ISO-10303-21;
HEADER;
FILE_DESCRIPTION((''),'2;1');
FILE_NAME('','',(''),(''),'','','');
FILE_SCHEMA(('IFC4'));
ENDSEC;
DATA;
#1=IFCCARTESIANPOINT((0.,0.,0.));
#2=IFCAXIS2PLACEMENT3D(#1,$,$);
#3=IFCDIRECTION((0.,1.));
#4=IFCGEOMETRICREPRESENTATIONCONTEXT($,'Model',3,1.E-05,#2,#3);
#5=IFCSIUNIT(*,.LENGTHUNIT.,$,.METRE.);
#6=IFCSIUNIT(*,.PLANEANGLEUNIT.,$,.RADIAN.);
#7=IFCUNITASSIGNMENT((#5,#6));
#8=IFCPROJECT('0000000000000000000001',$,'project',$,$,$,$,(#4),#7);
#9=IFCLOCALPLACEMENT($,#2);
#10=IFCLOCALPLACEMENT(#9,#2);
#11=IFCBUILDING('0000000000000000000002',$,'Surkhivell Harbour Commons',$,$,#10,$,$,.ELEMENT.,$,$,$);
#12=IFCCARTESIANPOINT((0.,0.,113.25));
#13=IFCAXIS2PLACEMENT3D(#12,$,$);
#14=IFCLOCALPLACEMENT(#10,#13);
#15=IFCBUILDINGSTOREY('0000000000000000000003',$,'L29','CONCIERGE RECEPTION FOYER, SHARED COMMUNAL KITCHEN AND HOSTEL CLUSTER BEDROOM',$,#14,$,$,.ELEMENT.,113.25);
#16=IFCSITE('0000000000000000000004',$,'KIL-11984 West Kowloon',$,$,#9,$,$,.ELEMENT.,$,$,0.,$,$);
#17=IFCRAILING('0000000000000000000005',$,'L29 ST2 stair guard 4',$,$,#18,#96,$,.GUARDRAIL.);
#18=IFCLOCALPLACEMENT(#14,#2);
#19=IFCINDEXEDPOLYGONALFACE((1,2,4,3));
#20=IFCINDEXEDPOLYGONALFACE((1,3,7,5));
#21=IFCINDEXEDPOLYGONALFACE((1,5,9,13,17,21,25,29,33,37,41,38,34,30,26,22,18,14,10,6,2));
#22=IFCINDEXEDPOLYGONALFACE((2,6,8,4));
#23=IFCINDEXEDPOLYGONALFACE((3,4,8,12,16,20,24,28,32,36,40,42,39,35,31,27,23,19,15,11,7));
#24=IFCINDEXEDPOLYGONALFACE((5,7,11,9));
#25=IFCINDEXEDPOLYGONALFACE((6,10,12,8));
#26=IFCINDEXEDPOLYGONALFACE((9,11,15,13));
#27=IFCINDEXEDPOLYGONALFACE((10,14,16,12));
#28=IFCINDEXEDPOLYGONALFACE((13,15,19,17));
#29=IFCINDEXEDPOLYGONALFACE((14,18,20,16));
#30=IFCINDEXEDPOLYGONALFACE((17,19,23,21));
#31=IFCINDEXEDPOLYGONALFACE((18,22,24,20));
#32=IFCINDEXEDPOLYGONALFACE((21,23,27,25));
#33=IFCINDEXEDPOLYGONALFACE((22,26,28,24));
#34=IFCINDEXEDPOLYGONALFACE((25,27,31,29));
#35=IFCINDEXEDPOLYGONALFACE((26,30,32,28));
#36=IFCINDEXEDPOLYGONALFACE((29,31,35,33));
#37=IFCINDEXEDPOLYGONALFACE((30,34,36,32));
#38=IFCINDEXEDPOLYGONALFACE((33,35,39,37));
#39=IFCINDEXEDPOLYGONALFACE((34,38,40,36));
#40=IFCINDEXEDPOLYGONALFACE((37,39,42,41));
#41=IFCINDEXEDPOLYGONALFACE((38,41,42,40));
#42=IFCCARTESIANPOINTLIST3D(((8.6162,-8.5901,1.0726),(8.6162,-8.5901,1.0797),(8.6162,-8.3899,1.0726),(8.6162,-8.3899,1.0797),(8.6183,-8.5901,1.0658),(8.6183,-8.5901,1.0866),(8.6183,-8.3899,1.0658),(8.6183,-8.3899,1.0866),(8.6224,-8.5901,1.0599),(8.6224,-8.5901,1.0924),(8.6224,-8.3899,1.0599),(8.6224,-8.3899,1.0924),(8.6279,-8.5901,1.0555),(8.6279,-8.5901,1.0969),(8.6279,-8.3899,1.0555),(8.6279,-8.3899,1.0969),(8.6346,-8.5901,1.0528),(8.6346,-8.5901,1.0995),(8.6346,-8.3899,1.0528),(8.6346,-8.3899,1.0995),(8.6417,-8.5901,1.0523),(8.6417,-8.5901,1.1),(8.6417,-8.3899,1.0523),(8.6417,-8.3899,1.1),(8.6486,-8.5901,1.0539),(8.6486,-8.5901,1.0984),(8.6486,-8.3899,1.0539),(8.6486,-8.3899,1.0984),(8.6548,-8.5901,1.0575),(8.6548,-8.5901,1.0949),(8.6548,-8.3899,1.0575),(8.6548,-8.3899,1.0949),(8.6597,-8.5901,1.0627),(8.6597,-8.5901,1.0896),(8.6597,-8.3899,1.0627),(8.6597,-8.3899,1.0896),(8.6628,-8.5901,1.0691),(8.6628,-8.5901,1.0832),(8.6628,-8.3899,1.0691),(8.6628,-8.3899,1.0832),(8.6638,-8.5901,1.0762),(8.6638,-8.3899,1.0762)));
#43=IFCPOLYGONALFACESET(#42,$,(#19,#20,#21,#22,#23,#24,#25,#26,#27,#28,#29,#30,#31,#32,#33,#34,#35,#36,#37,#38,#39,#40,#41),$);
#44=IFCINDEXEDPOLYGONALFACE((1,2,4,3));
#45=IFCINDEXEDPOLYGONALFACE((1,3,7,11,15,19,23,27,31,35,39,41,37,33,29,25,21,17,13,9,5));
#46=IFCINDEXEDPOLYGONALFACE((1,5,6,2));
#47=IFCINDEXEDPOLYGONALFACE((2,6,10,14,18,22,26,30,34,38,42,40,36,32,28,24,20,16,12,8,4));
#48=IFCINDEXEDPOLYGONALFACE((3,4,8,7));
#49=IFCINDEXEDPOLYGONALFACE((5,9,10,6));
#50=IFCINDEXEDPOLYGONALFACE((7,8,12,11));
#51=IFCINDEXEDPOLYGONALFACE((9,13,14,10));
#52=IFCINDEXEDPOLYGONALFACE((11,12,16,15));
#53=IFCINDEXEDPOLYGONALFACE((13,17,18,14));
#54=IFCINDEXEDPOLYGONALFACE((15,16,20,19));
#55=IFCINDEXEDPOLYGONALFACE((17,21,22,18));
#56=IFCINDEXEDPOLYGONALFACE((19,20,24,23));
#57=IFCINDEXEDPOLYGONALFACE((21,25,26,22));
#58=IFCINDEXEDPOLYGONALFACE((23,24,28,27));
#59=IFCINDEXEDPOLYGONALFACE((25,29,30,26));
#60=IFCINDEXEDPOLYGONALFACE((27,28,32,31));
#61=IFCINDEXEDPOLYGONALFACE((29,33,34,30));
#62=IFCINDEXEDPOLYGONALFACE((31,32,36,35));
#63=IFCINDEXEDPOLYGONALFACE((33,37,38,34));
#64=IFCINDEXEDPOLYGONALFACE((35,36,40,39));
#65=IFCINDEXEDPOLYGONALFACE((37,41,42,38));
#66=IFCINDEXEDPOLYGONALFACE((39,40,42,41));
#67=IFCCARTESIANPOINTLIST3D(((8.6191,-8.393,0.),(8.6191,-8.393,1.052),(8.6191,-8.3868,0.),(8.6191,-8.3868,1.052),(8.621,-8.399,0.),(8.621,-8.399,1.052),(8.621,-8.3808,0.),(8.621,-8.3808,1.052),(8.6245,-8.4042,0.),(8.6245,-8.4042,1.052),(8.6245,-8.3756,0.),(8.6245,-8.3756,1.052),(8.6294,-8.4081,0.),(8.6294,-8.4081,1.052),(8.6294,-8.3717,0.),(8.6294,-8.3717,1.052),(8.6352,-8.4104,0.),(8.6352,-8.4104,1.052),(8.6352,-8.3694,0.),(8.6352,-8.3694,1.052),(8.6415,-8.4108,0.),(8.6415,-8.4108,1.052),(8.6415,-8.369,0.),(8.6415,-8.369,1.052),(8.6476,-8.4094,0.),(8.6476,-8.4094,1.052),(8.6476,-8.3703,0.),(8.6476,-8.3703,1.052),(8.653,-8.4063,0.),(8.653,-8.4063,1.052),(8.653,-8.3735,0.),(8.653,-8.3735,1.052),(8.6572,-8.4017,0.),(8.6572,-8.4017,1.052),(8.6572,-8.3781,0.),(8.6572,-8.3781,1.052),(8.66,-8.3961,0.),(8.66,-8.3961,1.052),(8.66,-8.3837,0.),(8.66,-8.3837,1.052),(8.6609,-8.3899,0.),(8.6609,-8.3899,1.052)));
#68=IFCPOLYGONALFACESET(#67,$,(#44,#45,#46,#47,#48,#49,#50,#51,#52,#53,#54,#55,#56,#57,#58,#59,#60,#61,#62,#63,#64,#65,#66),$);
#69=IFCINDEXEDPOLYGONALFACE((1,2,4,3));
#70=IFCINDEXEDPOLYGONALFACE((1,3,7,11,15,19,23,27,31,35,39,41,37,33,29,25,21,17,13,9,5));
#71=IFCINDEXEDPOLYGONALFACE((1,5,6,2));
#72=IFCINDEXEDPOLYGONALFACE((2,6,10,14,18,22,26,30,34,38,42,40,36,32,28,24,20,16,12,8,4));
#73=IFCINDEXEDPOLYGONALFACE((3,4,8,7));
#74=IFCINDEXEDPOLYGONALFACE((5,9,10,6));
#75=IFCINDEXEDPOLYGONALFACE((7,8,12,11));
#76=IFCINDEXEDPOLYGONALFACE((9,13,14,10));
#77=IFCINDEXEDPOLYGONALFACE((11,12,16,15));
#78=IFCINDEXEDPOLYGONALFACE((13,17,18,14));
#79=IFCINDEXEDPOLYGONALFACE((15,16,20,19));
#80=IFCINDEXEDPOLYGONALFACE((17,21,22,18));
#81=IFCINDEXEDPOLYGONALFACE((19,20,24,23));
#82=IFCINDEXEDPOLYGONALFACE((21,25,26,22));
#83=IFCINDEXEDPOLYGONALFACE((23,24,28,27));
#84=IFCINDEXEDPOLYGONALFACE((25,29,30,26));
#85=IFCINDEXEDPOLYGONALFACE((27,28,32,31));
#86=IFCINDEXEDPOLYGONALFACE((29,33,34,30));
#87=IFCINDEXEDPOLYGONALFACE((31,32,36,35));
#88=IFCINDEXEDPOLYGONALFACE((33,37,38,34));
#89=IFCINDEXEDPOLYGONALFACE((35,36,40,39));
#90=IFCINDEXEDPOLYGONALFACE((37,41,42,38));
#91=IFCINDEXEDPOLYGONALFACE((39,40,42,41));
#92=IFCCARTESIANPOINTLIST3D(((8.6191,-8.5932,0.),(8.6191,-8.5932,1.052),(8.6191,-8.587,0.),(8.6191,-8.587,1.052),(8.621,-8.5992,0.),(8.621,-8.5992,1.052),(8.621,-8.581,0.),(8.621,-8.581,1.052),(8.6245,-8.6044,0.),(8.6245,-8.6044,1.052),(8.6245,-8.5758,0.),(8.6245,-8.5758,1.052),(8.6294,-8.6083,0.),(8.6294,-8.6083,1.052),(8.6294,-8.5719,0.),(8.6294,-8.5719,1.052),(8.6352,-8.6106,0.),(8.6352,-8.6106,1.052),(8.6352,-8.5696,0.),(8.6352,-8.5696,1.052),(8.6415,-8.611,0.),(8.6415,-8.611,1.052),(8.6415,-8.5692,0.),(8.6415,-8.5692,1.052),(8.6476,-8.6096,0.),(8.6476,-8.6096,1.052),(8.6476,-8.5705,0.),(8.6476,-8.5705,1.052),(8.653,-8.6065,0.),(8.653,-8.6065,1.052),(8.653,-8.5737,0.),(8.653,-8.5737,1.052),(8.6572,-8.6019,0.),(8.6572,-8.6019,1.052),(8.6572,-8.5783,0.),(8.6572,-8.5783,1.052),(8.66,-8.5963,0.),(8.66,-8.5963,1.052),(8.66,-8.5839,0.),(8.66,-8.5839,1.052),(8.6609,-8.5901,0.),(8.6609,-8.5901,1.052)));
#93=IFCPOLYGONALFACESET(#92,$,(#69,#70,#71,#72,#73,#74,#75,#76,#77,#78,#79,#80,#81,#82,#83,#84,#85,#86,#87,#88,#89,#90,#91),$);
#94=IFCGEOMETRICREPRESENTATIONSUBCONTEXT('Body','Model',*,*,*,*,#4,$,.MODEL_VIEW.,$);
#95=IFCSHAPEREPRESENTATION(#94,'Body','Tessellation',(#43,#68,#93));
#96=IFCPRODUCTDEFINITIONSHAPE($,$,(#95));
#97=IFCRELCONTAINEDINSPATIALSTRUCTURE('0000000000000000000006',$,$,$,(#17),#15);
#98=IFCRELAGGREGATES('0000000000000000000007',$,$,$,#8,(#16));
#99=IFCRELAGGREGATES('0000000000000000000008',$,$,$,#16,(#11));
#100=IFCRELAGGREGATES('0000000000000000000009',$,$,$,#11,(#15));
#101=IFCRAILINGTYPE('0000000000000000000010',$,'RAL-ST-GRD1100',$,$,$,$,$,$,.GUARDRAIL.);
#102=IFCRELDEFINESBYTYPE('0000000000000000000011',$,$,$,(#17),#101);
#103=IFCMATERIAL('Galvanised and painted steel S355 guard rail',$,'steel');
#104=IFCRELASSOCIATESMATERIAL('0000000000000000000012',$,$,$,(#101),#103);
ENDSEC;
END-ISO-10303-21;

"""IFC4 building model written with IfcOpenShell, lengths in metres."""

from ifc_helpers import new_model, si_unit, direction, frame, origin, origin_2d, place, context, subcontext, project, spatial, circle, extrude, material, type_object, element, save


model = new_model("IFC4")

# Units and contexts
model_context = context("Model", 3, precision=1e-05, world=origin(), true_north=direction((0.0, 1.0)))
body_context = subcontext(model_context, "Body", "Model", "MODEL_VIEW")
ifc_project = project(units=[si_unit("LENGTHUNIT", "METRE"), si_unit("PLANEANGLEUNIT", "RADIAN")], contexts=[model_context])

# Site, building, storey
site_placement = place(None, origin())
site = spatial("IfcSite", under=ifc_project, at=site_placement, Name="KIL-11984 West Kowloon", CompositionType="ELEMENT", RefElevation=0.0)
building_placement = place(site_placement, origin())
building = spatial("IfcBuilding", under=site, at=building_placement, Name="Surkhivell Harbour Commons", CompositionType="ELEMENT")
storey_placement = place(building_placement, frame((0.0, 0.0, 113.25)))
storey = spatial("IfcBuildingStorey", under=building, at=storey_placement, Name="L29", Description="CONCIERGE RECEPTION FOYER, SHARED COMMUNAL KITCHEN AND HOSTEL CLUSTER BEDROOM", CompositionType="ELEMENT", Elevation=113.25)

# Railing
ifc_material_1 = material(Name="Galvanised and painted steel S355 guard rail", Category="steel")
railing_type = type_object("IfcRailingType", Name="RAL-ST-GRD1100", PredefinedType="GUARDRAIL", material=ifc_material_1)
railing_1_placement = place(storey_placement, frame((8.6399, -8.3899, 0.0)))
element("IfcRailing", 1, at=railing_1_placement, inside=storey, type_object=railing_type, Name="L29 ST2 stair guard 4", PredefinedType="GUARDRAIL", context=body_context, shape_type="SweptSolid", body=[
    extrude(circle(Radius=0.0239, at=origin_2d()), frame((0.0, 0.0, 1.0762), z_axis=(0.0, -1.0, 0.0), x_axis=(1.0, 0.0, 0.0)), (0.0, 0.0, 1.0), 0.2002),
    extrude(circle(Radius=0.021, at=origin_2d()), origin(), (0.0, 0.0, 1.0), 1.052),
    extrude(circle(Radius=0.021, at=origin_2d()), frame((0.0, -0.2002, 0.0)), (0.0, 0.0, 1.0), 1.052),
])

save(model, "model.ifc")
